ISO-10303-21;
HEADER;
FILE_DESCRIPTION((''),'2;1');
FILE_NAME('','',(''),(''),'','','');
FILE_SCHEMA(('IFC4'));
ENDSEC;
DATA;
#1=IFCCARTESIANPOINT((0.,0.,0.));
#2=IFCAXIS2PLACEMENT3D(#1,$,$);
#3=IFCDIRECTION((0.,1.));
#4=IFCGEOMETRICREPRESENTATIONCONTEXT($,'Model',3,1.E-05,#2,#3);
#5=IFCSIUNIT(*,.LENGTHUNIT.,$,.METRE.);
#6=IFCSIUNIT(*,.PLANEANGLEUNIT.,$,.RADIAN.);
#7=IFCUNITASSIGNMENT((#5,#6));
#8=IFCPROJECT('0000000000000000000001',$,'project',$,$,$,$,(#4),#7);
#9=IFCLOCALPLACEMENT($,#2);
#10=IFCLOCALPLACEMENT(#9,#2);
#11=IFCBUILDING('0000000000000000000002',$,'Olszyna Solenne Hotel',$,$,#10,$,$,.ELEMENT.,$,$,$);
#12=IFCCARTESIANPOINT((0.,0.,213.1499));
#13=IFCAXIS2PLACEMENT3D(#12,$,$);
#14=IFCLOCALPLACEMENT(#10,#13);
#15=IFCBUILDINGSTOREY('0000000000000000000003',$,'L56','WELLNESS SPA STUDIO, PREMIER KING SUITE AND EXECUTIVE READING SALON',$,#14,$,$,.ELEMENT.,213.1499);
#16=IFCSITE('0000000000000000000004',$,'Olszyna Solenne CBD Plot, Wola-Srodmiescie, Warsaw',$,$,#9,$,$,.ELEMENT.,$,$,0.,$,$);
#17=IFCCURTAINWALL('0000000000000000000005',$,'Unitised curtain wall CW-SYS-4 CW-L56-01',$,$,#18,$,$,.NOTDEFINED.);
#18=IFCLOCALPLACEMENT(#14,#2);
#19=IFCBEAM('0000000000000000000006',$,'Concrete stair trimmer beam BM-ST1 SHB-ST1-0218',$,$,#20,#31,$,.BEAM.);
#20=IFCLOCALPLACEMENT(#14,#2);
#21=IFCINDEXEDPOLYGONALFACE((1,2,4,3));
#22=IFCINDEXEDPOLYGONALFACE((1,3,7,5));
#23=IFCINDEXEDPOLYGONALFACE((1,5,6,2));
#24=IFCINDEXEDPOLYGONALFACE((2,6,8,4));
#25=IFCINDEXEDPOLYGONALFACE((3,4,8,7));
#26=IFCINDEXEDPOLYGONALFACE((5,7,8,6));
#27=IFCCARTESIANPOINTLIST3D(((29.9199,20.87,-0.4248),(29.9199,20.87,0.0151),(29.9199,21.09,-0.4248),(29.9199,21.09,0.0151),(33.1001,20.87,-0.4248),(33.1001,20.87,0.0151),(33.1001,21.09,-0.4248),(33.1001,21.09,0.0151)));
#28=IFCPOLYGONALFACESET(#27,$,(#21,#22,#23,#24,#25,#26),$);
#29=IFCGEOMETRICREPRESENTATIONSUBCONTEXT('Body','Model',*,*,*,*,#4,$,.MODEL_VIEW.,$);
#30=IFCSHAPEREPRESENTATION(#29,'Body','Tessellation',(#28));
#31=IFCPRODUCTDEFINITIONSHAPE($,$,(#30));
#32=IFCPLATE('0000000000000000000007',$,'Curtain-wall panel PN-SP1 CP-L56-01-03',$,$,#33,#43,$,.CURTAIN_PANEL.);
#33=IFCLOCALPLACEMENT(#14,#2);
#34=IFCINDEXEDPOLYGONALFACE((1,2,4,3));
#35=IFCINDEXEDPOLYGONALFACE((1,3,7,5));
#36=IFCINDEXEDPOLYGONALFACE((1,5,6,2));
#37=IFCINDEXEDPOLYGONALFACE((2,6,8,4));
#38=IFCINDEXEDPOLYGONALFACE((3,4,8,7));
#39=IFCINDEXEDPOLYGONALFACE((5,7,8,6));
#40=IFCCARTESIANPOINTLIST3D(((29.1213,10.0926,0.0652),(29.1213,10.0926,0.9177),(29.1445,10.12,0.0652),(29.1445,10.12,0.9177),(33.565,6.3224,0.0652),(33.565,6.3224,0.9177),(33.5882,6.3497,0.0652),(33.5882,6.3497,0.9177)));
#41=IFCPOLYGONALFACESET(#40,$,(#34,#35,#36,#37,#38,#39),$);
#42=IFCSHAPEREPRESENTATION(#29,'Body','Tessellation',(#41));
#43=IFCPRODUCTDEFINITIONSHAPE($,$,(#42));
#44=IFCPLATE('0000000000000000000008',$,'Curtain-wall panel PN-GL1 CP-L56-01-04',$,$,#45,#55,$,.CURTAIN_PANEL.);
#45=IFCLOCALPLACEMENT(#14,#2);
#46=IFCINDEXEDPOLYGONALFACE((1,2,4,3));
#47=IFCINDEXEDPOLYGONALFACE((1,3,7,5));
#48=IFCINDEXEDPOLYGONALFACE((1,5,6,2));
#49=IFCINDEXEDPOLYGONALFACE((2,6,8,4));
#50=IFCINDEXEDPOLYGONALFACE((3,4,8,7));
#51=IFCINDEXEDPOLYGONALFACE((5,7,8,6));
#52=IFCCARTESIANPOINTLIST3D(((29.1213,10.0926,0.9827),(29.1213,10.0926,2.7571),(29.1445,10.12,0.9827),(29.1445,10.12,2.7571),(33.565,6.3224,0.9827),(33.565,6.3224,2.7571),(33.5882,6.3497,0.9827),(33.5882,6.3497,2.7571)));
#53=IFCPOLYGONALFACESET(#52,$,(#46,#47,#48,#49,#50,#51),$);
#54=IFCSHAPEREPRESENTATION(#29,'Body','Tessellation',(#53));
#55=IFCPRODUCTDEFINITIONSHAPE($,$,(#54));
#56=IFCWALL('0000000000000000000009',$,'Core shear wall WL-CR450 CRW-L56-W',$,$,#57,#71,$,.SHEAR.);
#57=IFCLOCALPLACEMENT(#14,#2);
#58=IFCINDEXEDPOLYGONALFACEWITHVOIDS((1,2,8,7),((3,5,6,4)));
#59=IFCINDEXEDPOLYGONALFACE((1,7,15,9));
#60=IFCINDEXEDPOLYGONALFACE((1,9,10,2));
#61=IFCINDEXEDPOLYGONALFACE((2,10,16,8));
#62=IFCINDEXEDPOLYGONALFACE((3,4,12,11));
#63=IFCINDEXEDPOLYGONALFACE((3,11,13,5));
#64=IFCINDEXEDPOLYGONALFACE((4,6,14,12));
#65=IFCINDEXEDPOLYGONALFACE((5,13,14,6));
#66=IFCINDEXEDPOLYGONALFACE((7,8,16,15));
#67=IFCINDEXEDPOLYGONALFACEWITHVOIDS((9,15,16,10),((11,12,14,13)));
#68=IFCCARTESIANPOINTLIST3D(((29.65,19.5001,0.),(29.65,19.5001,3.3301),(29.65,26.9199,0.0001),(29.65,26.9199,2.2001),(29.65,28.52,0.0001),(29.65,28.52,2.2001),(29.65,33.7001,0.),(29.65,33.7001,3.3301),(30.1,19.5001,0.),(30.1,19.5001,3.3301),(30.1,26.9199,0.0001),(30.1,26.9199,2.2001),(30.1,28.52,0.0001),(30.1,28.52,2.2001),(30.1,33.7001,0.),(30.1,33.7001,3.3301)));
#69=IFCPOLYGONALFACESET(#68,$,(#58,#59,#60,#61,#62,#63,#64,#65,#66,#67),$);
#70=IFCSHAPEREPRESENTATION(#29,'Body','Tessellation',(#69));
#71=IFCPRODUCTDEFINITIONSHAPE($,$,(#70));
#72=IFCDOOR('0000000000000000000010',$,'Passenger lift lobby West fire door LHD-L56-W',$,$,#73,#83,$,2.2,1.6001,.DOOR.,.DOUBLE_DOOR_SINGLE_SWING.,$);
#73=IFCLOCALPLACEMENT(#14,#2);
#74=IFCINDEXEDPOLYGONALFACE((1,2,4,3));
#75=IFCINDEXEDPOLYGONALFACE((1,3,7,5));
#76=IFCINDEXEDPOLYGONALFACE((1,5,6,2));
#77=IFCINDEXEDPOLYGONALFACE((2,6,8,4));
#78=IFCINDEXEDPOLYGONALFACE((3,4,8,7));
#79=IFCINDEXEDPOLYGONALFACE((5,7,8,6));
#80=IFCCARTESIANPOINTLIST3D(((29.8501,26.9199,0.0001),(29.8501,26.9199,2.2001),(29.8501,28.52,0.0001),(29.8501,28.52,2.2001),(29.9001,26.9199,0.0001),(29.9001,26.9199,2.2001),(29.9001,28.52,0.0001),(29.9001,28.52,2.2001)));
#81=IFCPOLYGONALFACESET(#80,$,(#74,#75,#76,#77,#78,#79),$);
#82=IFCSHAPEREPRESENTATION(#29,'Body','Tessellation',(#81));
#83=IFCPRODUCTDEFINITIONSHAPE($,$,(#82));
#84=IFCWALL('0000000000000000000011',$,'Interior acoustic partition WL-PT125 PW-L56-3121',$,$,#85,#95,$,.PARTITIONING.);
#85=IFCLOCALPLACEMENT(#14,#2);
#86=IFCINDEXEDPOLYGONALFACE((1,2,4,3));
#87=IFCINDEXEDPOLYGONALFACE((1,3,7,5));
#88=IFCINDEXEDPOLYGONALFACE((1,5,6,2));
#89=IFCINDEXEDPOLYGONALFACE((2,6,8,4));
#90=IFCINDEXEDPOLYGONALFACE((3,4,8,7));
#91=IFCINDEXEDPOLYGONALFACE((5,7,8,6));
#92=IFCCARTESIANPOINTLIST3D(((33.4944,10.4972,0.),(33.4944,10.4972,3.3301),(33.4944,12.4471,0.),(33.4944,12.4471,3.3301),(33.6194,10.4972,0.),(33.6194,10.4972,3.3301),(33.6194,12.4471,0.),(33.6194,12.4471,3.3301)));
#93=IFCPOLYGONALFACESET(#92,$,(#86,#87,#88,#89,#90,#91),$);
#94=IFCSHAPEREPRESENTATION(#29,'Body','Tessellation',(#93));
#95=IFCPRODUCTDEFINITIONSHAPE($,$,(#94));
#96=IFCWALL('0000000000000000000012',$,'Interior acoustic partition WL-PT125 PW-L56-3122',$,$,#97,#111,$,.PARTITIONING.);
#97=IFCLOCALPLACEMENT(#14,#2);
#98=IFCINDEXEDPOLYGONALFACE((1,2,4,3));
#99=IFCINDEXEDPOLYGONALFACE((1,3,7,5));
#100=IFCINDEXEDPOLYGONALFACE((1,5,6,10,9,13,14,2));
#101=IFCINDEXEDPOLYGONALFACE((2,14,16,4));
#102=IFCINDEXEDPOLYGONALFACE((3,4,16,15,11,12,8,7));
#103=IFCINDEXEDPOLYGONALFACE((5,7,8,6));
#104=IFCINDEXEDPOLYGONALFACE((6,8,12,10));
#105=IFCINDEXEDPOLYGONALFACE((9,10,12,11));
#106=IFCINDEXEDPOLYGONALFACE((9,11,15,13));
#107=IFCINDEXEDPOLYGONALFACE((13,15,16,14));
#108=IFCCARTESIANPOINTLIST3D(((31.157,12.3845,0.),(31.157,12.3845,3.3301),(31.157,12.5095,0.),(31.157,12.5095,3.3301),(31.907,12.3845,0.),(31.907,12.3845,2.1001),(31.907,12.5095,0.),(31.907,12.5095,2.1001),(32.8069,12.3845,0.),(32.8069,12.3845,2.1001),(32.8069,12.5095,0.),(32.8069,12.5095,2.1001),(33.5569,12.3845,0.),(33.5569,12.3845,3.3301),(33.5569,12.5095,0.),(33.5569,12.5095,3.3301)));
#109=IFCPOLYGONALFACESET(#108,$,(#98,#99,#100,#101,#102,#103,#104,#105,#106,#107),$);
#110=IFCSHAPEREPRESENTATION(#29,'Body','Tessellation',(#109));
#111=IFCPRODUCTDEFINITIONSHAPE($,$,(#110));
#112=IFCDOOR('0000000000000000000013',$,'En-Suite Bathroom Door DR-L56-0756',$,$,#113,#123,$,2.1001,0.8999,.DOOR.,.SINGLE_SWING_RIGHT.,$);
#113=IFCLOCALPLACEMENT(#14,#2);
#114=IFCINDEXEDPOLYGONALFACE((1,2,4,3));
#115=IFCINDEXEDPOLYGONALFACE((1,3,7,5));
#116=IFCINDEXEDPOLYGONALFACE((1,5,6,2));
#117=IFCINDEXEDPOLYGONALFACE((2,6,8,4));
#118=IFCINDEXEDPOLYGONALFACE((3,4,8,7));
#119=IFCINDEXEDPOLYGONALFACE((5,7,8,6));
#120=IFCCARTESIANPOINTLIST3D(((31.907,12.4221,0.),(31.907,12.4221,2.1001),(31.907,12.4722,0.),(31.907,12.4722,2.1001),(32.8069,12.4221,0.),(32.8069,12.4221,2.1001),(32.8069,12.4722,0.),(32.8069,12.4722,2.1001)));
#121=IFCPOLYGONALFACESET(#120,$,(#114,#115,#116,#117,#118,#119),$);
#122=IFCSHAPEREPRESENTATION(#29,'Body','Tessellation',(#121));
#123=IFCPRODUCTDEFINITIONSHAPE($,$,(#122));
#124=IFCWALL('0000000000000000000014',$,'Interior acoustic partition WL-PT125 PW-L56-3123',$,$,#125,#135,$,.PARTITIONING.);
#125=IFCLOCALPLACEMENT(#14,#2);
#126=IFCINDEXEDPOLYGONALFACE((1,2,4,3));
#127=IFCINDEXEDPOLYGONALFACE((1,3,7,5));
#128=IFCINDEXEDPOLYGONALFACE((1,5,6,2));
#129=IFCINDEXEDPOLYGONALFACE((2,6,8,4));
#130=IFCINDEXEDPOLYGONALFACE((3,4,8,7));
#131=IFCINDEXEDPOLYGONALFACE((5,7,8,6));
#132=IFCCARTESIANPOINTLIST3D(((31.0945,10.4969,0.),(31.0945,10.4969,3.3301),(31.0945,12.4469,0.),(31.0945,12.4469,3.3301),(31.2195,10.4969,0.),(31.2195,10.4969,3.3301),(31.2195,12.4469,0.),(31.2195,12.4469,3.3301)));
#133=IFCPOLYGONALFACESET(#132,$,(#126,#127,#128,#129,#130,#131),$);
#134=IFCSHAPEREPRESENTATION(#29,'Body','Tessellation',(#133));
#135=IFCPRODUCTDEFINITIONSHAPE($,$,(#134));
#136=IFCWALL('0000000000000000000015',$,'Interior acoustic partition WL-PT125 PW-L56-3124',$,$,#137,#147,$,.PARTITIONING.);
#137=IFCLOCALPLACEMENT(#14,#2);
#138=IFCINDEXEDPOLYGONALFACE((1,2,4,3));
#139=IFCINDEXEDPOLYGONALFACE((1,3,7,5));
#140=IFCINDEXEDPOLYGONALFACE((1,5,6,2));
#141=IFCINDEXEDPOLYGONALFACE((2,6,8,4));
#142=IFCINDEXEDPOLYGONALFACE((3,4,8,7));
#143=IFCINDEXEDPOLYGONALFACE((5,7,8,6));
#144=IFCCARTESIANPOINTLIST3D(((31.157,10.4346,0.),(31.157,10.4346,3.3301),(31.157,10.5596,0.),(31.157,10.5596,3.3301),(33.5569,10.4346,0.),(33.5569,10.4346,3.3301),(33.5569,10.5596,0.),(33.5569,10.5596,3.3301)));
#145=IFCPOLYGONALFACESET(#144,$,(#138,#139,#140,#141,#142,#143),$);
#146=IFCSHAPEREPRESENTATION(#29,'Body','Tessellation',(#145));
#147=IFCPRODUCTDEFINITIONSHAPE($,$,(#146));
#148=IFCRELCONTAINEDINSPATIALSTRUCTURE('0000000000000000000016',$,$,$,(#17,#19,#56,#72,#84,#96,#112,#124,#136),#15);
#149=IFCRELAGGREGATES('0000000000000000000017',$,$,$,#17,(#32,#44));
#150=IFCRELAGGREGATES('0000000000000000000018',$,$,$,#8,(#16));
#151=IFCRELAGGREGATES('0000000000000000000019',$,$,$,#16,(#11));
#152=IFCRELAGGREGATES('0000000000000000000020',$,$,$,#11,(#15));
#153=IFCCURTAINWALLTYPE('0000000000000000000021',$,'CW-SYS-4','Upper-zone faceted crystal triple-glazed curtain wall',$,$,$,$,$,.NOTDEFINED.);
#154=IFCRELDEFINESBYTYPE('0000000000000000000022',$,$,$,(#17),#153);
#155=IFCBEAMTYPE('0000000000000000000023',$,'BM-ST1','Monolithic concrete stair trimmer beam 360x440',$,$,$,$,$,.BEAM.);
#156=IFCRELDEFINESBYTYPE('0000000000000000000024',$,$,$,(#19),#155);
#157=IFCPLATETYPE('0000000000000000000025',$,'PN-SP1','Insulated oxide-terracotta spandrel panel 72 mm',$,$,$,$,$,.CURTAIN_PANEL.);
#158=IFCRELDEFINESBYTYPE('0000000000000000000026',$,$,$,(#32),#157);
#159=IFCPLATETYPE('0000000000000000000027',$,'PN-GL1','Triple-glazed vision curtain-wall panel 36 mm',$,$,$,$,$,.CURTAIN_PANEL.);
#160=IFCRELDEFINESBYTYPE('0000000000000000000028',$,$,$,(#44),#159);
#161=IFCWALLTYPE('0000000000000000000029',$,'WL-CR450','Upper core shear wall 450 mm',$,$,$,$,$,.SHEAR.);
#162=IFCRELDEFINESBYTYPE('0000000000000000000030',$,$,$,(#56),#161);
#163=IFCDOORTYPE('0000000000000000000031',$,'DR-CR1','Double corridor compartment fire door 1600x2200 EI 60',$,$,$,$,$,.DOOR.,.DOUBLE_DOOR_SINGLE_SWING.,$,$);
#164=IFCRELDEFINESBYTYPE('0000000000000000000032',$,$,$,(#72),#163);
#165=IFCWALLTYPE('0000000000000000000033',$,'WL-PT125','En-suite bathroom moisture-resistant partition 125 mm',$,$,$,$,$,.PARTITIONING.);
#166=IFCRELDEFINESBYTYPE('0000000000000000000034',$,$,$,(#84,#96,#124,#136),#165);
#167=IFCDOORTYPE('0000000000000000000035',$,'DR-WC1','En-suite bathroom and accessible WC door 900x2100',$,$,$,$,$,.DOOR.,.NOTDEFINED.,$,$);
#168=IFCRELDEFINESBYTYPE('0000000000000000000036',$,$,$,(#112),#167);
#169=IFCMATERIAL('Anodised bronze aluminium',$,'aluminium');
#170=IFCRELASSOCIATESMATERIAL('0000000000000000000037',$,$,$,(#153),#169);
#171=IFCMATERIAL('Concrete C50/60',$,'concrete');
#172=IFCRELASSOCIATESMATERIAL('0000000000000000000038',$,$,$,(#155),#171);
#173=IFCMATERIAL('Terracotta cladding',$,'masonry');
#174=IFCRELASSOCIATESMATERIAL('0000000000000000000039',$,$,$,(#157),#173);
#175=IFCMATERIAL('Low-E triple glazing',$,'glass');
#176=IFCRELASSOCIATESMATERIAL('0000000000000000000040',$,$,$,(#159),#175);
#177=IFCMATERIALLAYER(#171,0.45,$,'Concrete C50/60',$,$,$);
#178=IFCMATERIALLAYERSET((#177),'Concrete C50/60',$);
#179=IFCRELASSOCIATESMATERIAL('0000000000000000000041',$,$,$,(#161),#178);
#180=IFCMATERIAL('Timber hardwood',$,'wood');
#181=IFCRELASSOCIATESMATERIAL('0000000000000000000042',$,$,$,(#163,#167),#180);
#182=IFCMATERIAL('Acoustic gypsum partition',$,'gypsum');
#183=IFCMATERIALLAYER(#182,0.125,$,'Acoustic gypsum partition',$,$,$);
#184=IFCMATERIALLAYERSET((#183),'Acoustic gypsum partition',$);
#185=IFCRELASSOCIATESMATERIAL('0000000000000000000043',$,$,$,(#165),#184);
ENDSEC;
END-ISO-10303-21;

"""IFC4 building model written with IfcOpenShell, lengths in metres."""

from ifc_helpers import new_model, si_unit, direction, frame, frame_2d, origin, origin_2d, place, context, subcontext, project, spatial, rectangle, extrude, source, transform, mapped, material, layer, layer_set, material_profile, profile_set, type_object, type_shapes, element, fill, aggregate, save


model = new_model("IFC4")

# Units and contexts
model_context = context("Model", 3, precision=1e-05, world=origin(), true_north=direction((0.0, 1.0)))
body_context = subcontext(model_context, "Body", "Model", "MODEL_VIEW")
ifc_project = project(units=[si_unit("LENGTHUNIT", "METRE"), si_unit("PLANEANGLEUNIT", "RADIAN")], contexts=[model_context])

# Site, building, storey
site_placement = place(None, origin())
site = spatial("IfcSite", under=ifc_project, at=site_placement, Name="Olszyna Solenne CBD Plot, Wola-Srodmiescie, Warsaw", CompositionType="ELEMENT", RefElevation=0.0)
building_placement = place(site_placement, origin())
building = spatial("IfcBuilding", under=site, at=building_placement, Name="Olszyna Solenne Hotel", CompositionType="ELEMENT")
storey_placement = place(building_placement, frame((0.0, 0.0, 213.1499)))
storey = spatial("IfcBuildingStorey", under=building, at=storey_placement, Name="L56", Description="WELLNESS SPA STUDIO, PREMIER KING SUITE AND EXECUTIVE READING SALON", CompositionType="ELEMENT", Elevation=213.1499)

# Curtain wall
ifc_material_1 = material(Name="Anodised bronze aluminium", Category="aluminium")
curtain_wall_type = type_object("IfcCurtainWallType", Name="CW-SYS-4", Description="Upper-zone faceted crystal triple-glazed curtain wall", PredefinedType="NOTDEFINED", material=ifc_material_1)
curtain_wall_placement = place(storey_placement, origin())
curtain_wall = element("IfcCurtainWall", 1, at=curtain_wall_placement, inside=storey, type_object=curtain_wall_type, Name="Unitised curtain wall CW-SYS-4 CW-L56-01", PredefinedType="NOTDEFINED")

# Beam
ifc_material_2 = material(Name="Concrete C50/60", Category="concrete")
ifc_material_profile_1 = material_profile(ifc_material_2, rectangle(XDim=0.22, YDim=0.4399, at=origin_2d()), Name="RC 220x440", Category="load-bearing")
ifc_profile_set_1 = profile_set([ifc_material_profile_1], Name="Concrete C50/60")
beam_type_1 = type_object("IfcBeamType", Name="BM-ST1", Description="Monolithic concrete stair trimmer beam 360x440", PredefinedType="BEAM", material=ifc_profile_set_1)
shared_shape_1 = source(origin(), body_context, "Body", "SweptSolid", [
    extrude(rectangle(XDim=0.22, YDim=0.4399, at=origin_2d()), origin(), (0.0, 0.0, 1.0), 3.1802),
])
beam_1_placement = place(storey_placement, frame((33.1001, 20.98, -0.2048), z_axis=(-1.0, 0.0, 0.0), x_axis=(0.0, -1.0, 0.0)))
element("IfcBeam", 2, at=beam_1_placement, inside=storey, type_object=beam_type_1, Name="Concrete stair trimmer beam BM-ST1 SHB-ST1-0218", PredefinedType="BEAM", context=body_context, shape_type="MappedRepresentation", body=[
    mapped(shared_shape_1, transform((0.0, 0.0, 0.0), x_axis=(1.0, 0.0, 0.0), y_axis=(0.0, 1.0, 0.0), z_axis=(0.0, 0.0, 1.0), scale=1.0)),
])

# Plates
ifc_material_3 = material(Name="Terracotta cladding", Category="masonry")
plate_type_1 = type_object("IfcPlateType", Name="PN-SP1", Description="Insulated oxide-terracotta spandrel panel 72 mm", PredefinedType="CURTAIN_PANEL", material=ifc_material_3)
shared_shape_2 = source(origin(), body_context, "Body", "SweptSolid", [
    extrude(rectangle(XDim=5.8276, YDim=0.0359, at=origin_2d()), origin(), (0.0, 0.0, 1.0), 0.8525),
])
plate_1_placement = place(storey_placement, frame((31.3547, 8.2212, 0.0652), z_axis=(0.0, 0.0, 1.0), x_axis=(0.762523, -0.646961, 0.0)))
plate_1 = element("IfcPlate", 3, at=plate_1_placement, type_object=plate_type_1, Name="Curtain-wall panel PN-SP1 CP-L56-01-03", PredefinedType="CURTAIN_PANEL", context=body_context, shape_type="MappedRepresentation", body=[
    mapped(shared_shape_2, transform((0.0, 0.0, 0.0), x_axis=(1.0, 0.0, 0.0), y_axis=(0.0, 1.0, 0.0), z_axis=(0.0, 0.0, 1.0), scale=1.0)),
])
ifc_material_4 = material(Name="Low-E triple glazing", Category="glass")
plate_type_2 = type_object("IfcPlateType", Name="PN-GL1", Description="Triple-glazed vision curtain-wall panel 36 mm", PredefinedType="CURTAIN_PANEL", material=ifc_material_4)
shared_shape_3 = source(origin(), body_context, "Body", "SweptSolid", [
    extrude(rectangle(XDim=5.8276, YDim=0.0359, at=origin_2d()), origin(), (0.0, 0.0, 1.0), 1.7744),
])
plate_2_placement = place(storey_placement, frame((31.3547, 8.2212, 0.9827), z_axis=(0.0, 0.0, 1.0), x_axis=(0.762523, -0.646961, 0.0)))
plate_2 = element("IfcPlate", 4, at=plate_2_placement, type_object=plate_type_2, Name="Curtain-wall panel PN-GL1 CP-L56-01-04", PredefinedType="CURTAIN_PANEL", context=body_context, shape_type="MappedRepresentation", body=[
    mapped(shared_shape_3, transform((0.0, 0.0, 0.0), x_axis=(1.0, 0.0, 0.0), y_axis=(0.0, 1.0, 0.0), z_axis=(0.0, 0.0, 1.0), scale=1.0)),
])
aggregate(curtain_wall, [plate_1, plate_2])

# Wall, opening, door
ifc_layer_1 = layer(ifc_material_2, 0.45, Name="Concrete C50/60")
ifc_layer_set_1 = layer_set([ifc_layer_1], Name="Concrete C50/60")
wall_type_1 = type_object("IfcWallType", Name="WL-CR450", Description="Upper core shear wall 450 mm", PredefinedType="SHEAR", material=ifc_layer_set_1)
wall_1_placement = place(storey_placement, frame((29.875, 19.5, 0.0), z_axis=(0.0, 0.0, 1.0), x_axis=(0.0, 1.0, 0.0)))
wall_1 = element("IfcWall", 5, at=wall_1_placement, inside=storey, type_object=wall_type_1, Name="Core shear wall WL-CR450 CRW-L56-W", PredefinedType="SHEAR", context=body_context, shape_type="SweptSolid", body=[
    extrude(rectangle(XDim=14.2, YDim=0.45, at=frame_2d((7.1001, 0.0))), origin(), (0.0, 0.0, 1.0), 3.3301),
])
opening_1_placement = place(wall_1_placement, frame((7.4199, 0.0, 0.0)))
opening_1 = element("IfcOpeningElement", 6, at=opening_1_placement, cuts=wall_1, PredefinedType="OPENING", context=body_context, shape_type="SweptSolid", body=[
    extrude(rectangle(XDim=1.6001, YDim=2.2, at=frame_2d((0.8, 1.1001))), frame((0.0, 0.2349, 0.0), z_axis=(0.0, -1.0, 0.0), x_axis=(1.0, 0.0, 0.0)), (0.0, 0.0, 1.0), 0.47),
])
ifc_material_5 = material(Name="Timber hardwood", Category="wood")
door_type_1 = type_object("IfcDoorType", Name="DR-CR1", Description="Double corridor compartment fire door 1600x2200 EI 60", OperationType="DOUBLE_DOOR_SINGLE_SWING", PredefinedType="DOOR", material=ifc_material_5)
shared_shape_4 = source(origin(), body_context, "Body", "SweptSolid", [
    extrude(rectangle(XDim=1.6001, YDim=2.2, at=frame_2d((0.8, 1.1001))), frame((0.0, 0.0249, 0.0), z_axis=(0.0, -1.0, 0.0), x_axis=(1.0, 0.0, 0.0)), (0.0, 0.0, 1.0), 0.05),
])
type_shapes(door_type_1, [shared_shape_4])
door_1_placement = place(opening_1_placement, origin())
door_1 = element("IfcDoor", 7, at=door_1_placement, inside=storey, type_object=door_type_1, Name="Passenger lift lobby West fire door LHD-L56-W", OperationType="DOUBLE_DOOR_SINGLE_SWING", OverallHeight=2.2, OverallWidth=1.6001, PredefinedType="DOOR", context=body_context, shape_type="MappedRepresentation", body=[
    mapped(shared_shape_4, transform((0.0, 0.0, 0.0), x_axis=(1.0, 0.0, 0.0), y_axis=(0.0, 1.0, 0.0), z_axis=(0.0, 0.0, 1.0), scale=1.0)),
])
fill(opening_1, door_1)

# Wall
ifc_material_6 = material(Name="Acoustic gypsum partition", Category="gypsum")
ifc_layer_2 = layer(ifc_material_6, 0.125, Name="Acoustic gypsum partition")
ifc_layer_set_2 = layer_set([ifc_layer_2], Name="Acoustic gypsum partition")
wall_type_2 = type_object("IfcWallType", Name="WL-PT125", Description="En-suite bathroom moisture-resistant partition 125 mm", PredefinedType="PARTITIONING", material=ifc_layer_set_2)
wall_2_placement = place(storey_placement, frame((33.5569, 10.4971, 0.0), z_axis=(0.0, 0.0, 1.0), x_axis=(0.0, 1.0, 0.0)))
element("IfcWall", 8, at=wall_2_placement, inside=storey, type_object=wall_type_2, Name="Interior acoustic partition WL-PT125 PW-L56-3121", PredefinedType="PARTITIONING", context=body_context, shape_type="SweptSolid", body=[
    extrude(rectangle(XDim=1.95, YDim=0.125, at=frame_2d((0.9751, 0.0))), origin(), (0.0, 0.0, 1.0), 3.3301),
])

# Wall, opening, door
wall_3_placement = place(storey_placement, frame((33.5569, 12.447, 0.0), z_axis=(0.0, 0.0, 1.0), x_axis=(-1.0, 0.0, 0.0)))
wall_3 = element("IfcWall", 9, at=wall_3_placement, inside=storey, type_object=wall_type_2, Name="Interior acoustic partition WL-PT125 PW-L56-3122", PredefinedType="PARTITIONING", context=body_context, shape_type="SweptSolid", body=[
    extrude(rectangle(XDim=2.3999, YDim=0.125, at=frame_2d((1.2, 0.0))), origin(), (0.0, 0.0, 1.0), 3.3301),
])
opening_2_placement = place(wall_3_placement, frame((0.75, 0.0, 0.0)))
opening_2 = element("IfcOpeningElement", 10, at=opening_2_placement, cuts=wall_3, PredefinedType="OPENING", context=body_context, shape_type="SweptSolid", body=[
    extrude(rectangle(XDim=0.8999, YDim=2.1001, at=frame_2d((0.45, 1.05))), frame((0.0, 0.0725, 0.0), z_axis=(0.0, -1.0, 0.0), x_axis=(1.0, 0.0, 0.0)), (0.0, 0.0, 1.0), 0.145),
])
door_type_2 = type_object("IfcDoorType", Name="DR-WC1", Description="En-suite bathroom and accessible WC door 900x2100", OperationType="NOTDEFINED", PredefinedType="DOOR", material=ifc_material_5)
shared_shape_5 = source(origin(), body_context, "Body", "SweptSolid", [
    extrude(rectangle(XDim=0.8999, YDim=2.1001, at=frame_2d((0.45, 1.05))), frame((0.0, 0.0249, 0.0), z_axis=(0.0, -1.0, 0.0), x_axis=(1.0, 0.0, 0.0)), (0.0, 0.0, 1.0), 0.05),
])
type_shapes(door_type_2, [shared_shape_5])
door_2_placement = place(opening_2_placement, origin())
door_2 = element("IfcDoor", 11, at=door_2_placement, inside=storey, type_object=door_type_2, Name="En-Suite Bathroom Door DR-L56-0756", OperationType="SINGLE_SWING_RIGHT", OverallHeight=2.1001, OverallWidth=0.8999, PredefinedType="DOOR", context=body_context, shape_type="MappedRepresentation", body=[
    mapped(shared_shape_5, transform((0.0, 0.0, 0.0), x_axis=(1.0, 0.0, 0.0), y_axis=(0.0, 1.0, 0.0), z_axis=(0.0, 0.0, 1.0), scale=1.0)),
])
fill(opening_2, door_2)

# Walls
wall_4_placement = place(storey_placement, frame((31.157, 12.447, 0.0), z_axis=(0.0, 0.0, 1.0), x_axis=(0.0, -1.0, 0.0)))
element("IfcWall", 12, at=wall_4_placement, inside=storey, type_object=wall_type_2, Name="Interior acoustic partition WL-PT125 PW-L56-3123", PredefinedType="PARTITIONING", context=body_context, shape_type="SweptSolid", body=[
    extrude(rectangle(XDim=1.95, YDim=0.125, at=frame_2d((0.9751, 0.0))), origin(), (0.0, 0.0, 1.0), 3.3301),
])
wall_5_placement = place(storey_placement, frame((31.157, 10.4971, 0.0), z_axis=(0.0, 0.0, 1.0), x_axis=(1.0, 0.0, 0.0)))
element("IfcWall", 13, at=wall_5_placement, inside=storey, type_object=wall_type_2, Name="Interior acoustic partition WL-PT125 PW-L56-3124", PredefinedType="PARTITIONING", context=body_context, shape_type="SweptSolid", body=[
    extrude(rectangle(XDim=2.3999, YDim=0.125, at=frame_2d((1.2, 0.0))), origin(), (0.0, 0.0, 1.0), 3.3301),
])

save(model, "model.ifc")
